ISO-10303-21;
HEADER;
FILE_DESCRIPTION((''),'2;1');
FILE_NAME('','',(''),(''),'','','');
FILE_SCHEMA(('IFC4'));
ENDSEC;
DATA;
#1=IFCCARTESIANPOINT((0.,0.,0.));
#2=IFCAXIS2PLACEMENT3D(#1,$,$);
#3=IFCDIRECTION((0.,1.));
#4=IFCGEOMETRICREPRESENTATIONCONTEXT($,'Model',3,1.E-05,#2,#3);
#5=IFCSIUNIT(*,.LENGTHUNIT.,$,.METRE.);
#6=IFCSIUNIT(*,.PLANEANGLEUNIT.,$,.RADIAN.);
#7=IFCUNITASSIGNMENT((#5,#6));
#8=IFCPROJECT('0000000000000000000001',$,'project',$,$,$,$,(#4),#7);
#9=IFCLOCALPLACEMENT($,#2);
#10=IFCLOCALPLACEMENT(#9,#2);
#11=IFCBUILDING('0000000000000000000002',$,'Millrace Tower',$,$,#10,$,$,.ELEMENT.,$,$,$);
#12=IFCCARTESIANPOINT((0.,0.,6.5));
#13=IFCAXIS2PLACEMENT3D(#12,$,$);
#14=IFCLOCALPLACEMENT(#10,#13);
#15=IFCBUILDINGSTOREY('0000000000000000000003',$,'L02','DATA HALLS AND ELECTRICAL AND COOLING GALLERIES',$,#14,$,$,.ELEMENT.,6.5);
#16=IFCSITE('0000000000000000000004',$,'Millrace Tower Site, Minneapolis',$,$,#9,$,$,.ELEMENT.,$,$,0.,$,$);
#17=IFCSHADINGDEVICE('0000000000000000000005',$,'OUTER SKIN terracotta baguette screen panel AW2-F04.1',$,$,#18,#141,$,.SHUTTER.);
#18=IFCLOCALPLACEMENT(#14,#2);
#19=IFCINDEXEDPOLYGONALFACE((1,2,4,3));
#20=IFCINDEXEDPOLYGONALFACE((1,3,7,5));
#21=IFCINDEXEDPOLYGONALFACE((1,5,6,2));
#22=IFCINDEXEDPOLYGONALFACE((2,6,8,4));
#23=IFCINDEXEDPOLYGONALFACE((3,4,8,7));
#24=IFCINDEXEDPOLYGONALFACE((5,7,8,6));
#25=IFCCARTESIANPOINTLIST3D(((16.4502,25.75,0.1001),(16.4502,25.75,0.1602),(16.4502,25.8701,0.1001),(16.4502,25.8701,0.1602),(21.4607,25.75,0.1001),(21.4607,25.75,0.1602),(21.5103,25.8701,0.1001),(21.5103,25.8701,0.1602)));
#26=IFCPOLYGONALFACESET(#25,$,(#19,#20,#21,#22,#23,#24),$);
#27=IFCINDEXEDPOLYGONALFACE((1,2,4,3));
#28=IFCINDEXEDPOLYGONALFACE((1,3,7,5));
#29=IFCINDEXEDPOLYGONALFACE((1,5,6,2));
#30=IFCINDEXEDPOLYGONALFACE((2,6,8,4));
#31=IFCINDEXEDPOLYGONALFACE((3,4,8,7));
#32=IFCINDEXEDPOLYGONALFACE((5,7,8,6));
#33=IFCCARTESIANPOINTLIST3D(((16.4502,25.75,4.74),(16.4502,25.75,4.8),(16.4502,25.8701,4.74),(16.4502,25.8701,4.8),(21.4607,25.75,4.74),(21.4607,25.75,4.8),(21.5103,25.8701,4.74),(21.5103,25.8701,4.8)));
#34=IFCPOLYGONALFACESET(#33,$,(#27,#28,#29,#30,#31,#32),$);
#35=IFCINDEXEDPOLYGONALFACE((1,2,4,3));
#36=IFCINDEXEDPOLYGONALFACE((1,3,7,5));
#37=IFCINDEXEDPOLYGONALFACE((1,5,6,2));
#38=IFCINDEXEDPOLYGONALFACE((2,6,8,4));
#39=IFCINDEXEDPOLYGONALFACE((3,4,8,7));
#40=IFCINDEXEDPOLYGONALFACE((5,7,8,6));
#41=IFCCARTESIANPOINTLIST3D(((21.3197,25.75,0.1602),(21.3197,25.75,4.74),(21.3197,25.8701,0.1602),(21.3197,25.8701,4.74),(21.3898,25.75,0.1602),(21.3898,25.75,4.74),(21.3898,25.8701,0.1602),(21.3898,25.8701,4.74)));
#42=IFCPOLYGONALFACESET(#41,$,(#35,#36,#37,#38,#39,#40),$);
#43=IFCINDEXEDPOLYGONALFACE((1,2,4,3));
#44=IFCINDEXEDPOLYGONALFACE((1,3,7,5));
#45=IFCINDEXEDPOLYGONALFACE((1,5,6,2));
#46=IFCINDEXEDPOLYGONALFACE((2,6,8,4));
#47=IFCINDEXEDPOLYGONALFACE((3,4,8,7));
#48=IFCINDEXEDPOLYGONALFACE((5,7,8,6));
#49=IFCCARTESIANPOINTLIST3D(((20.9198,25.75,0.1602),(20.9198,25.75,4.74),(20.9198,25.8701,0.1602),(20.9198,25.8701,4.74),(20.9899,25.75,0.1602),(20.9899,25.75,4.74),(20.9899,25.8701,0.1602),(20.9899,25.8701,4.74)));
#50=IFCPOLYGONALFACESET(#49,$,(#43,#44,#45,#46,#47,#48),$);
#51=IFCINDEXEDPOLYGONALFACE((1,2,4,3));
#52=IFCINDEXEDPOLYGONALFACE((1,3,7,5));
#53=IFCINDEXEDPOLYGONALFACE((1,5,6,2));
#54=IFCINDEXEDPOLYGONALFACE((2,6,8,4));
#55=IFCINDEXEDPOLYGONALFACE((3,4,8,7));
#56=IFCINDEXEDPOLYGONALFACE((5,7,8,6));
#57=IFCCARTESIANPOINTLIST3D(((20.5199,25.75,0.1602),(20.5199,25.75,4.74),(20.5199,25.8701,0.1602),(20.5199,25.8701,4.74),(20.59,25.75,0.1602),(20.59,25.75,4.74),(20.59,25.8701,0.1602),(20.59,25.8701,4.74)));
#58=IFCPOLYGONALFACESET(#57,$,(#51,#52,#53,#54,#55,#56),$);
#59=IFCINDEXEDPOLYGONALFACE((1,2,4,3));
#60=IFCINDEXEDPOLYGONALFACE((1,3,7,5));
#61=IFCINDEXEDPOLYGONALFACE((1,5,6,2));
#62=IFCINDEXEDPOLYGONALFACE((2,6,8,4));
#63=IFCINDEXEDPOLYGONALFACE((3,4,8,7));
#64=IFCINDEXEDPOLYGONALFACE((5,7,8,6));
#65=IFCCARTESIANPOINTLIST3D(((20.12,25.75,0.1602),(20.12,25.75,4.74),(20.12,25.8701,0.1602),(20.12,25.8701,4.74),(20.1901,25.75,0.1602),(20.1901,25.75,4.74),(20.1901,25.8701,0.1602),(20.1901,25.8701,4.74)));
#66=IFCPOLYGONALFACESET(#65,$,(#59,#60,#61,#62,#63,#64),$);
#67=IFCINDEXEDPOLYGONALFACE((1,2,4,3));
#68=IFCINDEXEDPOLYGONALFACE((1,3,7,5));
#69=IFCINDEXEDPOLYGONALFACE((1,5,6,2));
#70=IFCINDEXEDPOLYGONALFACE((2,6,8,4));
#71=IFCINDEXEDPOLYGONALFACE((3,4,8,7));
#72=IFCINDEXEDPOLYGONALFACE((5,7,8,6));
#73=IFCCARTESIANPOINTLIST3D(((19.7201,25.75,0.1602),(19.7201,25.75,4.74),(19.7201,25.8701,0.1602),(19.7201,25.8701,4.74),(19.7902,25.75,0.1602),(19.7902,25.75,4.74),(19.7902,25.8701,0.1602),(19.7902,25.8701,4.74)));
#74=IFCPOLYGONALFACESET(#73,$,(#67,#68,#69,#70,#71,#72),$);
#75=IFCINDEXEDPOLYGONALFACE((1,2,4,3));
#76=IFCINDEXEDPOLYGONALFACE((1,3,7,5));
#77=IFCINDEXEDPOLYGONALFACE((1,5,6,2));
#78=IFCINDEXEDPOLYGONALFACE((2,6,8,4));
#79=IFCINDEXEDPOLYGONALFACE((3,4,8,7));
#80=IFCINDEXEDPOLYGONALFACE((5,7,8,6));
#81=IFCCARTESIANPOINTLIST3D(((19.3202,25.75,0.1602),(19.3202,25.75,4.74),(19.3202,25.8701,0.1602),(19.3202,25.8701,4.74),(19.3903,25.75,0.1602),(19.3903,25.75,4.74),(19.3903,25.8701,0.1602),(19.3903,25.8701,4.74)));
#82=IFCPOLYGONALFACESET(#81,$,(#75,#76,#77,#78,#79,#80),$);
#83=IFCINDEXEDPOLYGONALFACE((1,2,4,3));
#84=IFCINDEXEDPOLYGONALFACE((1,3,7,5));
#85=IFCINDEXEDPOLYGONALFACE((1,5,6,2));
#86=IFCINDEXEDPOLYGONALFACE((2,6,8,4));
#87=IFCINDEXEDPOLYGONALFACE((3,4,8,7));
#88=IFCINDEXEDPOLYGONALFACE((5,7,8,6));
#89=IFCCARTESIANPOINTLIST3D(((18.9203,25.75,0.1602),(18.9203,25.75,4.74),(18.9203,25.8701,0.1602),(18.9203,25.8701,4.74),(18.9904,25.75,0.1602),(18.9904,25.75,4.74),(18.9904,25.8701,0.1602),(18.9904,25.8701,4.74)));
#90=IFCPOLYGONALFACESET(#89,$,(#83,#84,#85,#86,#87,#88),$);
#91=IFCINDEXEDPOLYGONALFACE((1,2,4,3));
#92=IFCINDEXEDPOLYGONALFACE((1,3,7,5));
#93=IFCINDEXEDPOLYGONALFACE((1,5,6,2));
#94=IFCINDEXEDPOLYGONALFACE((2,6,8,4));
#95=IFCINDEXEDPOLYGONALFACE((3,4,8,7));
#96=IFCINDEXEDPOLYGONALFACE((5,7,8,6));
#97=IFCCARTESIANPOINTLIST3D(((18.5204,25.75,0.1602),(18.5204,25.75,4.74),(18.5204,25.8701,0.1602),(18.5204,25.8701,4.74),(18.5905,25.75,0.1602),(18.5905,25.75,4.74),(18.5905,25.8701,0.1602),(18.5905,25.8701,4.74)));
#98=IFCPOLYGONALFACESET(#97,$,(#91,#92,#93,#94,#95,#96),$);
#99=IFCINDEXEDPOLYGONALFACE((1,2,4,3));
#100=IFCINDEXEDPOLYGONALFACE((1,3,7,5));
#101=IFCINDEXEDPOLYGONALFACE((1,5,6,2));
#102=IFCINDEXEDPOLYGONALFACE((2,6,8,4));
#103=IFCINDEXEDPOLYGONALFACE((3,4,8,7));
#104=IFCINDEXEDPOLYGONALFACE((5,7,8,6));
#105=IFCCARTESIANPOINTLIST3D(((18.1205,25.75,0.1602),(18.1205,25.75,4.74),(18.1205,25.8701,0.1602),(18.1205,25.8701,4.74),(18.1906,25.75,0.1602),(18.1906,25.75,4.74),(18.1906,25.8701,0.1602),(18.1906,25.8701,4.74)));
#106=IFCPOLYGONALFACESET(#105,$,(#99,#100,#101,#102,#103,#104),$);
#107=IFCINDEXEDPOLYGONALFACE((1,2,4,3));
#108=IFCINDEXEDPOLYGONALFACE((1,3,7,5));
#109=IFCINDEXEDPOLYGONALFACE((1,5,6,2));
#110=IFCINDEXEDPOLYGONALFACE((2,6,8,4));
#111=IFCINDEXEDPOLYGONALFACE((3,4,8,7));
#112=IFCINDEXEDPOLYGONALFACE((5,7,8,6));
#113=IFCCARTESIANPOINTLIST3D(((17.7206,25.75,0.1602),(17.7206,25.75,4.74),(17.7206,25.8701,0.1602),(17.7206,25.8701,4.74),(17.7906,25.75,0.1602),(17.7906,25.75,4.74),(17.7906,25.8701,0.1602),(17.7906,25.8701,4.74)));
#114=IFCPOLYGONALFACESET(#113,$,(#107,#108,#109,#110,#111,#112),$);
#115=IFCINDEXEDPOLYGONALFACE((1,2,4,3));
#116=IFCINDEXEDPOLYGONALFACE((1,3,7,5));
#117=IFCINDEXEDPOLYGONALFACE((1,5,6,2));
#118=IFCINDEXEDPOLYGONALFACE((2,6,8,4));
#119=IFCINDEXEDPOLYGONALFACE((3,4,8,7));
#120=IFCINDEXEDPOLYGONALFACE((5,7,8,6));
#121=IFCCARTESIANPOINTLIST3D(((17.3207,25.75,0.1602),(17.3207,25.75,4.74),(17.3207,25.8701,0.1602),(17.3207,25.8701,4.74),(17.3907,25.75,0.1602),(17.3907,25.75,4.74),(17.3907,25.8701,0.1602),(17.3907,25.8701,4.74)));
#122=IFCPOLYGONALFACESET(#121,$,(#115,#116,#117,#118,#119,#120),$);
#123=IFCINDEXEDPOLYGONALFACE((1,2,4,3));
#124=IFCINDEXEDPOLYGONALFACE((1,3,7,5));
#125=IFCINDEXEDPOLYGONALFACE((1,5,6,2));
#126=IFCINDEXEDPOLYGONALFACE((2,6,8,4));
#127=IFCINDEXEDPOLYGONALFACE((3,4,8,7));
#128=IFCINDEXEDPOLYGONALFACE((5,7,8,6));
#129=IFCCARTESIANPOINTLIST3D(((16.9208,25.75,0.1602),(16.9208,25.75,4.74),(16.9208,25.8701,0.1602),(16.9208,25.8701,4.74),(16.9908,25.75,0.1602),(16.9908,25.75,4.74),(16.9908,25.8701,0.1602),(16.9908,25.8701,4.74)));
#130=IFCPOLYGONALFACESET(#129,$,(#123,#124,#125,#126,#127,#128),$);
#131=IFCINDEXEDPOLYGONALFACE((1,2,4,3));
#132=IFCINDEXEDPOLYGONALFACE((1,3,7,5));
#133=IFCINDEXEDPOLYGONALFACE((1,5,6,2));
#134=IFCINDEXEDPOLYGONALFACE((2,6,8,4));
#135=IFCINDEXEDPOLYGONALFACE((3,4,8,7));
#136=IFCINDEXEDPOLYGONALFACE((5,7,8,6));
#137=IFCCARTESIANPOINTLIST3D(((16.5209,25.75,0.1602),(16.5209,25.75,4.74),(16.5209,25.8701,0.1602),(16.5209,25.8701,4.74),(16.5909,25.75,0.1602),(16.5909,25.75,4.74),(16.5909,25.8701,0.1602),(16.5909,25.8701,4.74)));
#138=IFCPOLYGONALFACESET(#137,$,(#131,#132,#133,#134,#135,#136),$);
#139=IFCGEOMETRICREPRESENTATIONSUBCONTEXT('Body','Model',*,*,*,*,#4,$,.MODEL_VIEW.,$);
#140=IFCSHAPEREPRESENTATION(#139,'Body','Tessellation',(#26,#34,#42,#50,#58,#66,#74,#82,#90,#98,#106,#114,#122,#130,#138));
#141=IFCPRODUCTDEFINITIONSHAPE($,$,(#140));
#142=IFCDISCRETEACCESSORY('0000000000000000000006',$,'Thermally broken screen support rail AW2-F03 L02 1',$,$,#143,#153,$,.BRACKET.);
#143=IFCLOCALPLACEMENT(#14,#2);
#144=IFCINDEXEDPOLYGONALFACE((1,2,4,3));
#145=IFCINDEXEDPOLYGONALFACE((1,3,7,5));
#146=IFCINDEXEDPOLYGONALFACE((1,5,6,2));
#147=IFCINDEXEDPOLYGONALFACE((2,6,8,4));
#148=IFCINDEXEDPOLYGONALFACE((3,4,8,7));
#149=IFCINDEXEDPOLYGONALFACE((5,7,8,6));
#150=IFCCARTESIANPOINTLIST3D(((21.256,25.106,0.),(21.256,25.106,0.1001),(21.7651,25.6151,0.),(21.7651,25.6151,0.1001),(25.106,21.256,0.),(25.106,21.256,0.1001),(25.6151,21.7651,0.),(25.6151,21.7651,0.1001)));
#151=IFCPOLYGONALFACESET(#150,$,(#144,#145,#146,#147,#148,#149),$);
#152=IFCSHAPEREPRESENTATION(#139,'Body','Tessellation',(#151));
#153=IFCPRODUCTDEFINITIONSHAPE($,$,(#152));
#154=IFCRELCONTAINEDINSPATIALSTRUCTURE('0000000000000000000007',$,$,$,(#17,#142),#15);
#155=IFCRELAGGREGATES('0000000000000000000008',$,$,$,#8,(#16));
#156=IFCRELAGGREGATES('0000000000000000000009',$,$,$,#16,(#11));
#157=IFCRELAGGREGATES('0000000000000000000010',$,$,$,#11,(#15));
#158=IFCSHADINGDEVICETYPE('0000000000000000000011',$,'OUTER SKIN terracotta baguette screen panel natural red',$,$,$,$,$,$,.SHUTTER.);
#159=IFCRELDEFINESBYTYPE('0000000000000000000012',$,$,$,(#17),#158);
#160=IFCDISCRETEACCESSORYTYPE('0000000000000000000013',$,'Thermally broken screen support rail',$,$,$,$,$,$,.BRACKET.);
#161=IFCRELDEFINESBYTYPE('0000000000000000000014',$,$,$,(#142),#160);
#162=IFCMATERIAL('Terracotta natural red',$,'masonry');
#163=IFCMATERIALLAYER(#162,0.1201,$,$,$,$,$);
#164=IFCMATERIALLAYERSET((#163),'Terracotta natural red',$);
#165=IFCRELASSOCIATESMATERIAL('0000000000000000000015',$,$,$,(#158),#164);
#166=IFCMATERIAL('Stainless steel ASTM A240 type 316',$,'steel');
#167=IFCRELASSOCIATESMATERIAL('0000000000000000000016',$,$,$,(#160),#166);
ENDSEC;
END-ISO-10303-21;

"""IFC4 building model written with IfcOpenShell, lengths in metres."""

from ifc_helpers import new_model, entity, si_unit, direction, frame, frame_2d, origin, origin_2d, place, context, subcontext, project, spatial, rectangle, extrude, source, transform, mapped, material, layer, layer_set, type_object, element, save


model = new_model("IFC4")

# Units and contexts
model_context = context("Model", 3, precision=1e-05, world=origin(), true_north=direction((0.0, 1.0)))
body_context = subcontext(model_context, "Body", "Model", "MODEL_VIEW")
ifc_project = project(units=[si_unit("LENGTHUNIT", "METRE"), si_unit("PLANEANGLEUNIT", "RADIAN")], contexts=[model_context])

# Site, building, storey
site_placement = place(None, origin())
site = spatial("IfcSite", under=ifc_project, at=site_placement, Name="Millrace Tower Site, Minneapolis", CompositionType="ELEMENT", RefElevation=0.0)
building_placement = place(site_placement, origin())
building = spatial("IfcBuilding", under=site, at=building_placement, Name="Millrace Tower", CompositionType="ELEMENT")
storey_placement = place(building_placement, frame((0.0, 0.0, 6.5)))
storey = spatial("IfcBuildingStorey", under=building, at=storey_placement, Name="L02", Description="DATA HALLS AND ELECTRICAL AND COOLING GALLERIES", CompositionType="ELEMENT", Elevation=6.5)

# Shading device
ifc_material_1 = material(Name="Terracotta natural red", Category="masonry")
ifc_layer_1 = layer(ifc_material_1, 0.1201)
ifc_layer_set_1 = layer_set([ifc_layer_1], Name="Terracotta natural red")
shading_device_type_1 = type_object("IfcShadingDeviceType", Name="OUTER SKIN terracotta baguette screen panel natural red", PredefinedType="SHUTTER", material=ifc_layer_set_1)
cartesian_point_1 = entity("IfcCartesianPoint", [-2.4929, 0.0601])
shared_polyline_1 = entity("IfcPolyline", [cartesian_point_1, entity("IfcCartesianPoint", [2.5176, 0.0601]), entity("IfcCartesianPoint", [2.5176, -0.0601]), entity("IfcCartesianPoint", [-2.5425, -0.0601]), cartesian_point_1])
shared_shape_1 = source(origin(), body_context, "Body", "SweptSolid", [
    entity("IfcExtrudedAreaSolid", entity("IfcArbitraryClosedProfileDef", "AREA", None, shared_polyline_1), entity("IfcAxis2Placement3D", entity("IfcCartesianPoint", [0.0, 0.0, 0.0])), entity("IfcDirection", [0.0, 0.0, 1.0]), 0.0601),
    entity("IfcExtrudedAreaSolid", entity("IfcArbitraryClosedProfileDef", "AREA", None, shared_polyline_1), entity("IfcAxis2Placement3D", entity("IfcCartesianPoint", [0.0, 0.0, 4.6399])), entity("IfcDirection", [0.0, 0.0, 1.0]), 0.0601),
    extrude(rectangle(XDim=0.0701, YDim=0.1201, at=frame_2d((-2.387, 0.0))), frame((0.0, 0.0, 0.0601)), (0.0, 0.0, 1.0), 4.5798),
    extrude(rectangle(XDim=0.0701, YDim=0.1201, at=frame_2d((-1.9871, 0.0))), frame((0.0, 0.0, 0.0601)), (0.0, 0.0, 1.0), 4.5798),
    extrude(rectangle(XDim=0.0701, YDim=0.1201, at=frame_2d((-1.5872, 0.0))), frame((0.0, 0.0, 0.0601)), (0.0, 0.0, 1.0), 4.5798),
    extrude(rectangle(XDim=0.0701, YDim=0.1201, at=frame_2d((-1.1873, 0.0))), frame((0.0, 0.0, 0.0601)), (0.0, 0.0, 1.0), 4.5798),
    extrude(rectangle(XDim=0.0701, YDim=0.1201, at=frame_2d((-0.7874, 0.0))), frame((0.0, 0.0, 0.0601)), (0.0, 0.0, 1.0), 4.5798),
    extrude(rectangle(XDim=0.0701, YDim=0.1201, at=frame_2d((-0.3875, 0.0))), frame((0.0, 0.0, 0.0601)), (0.0, 0.0, 1.0), 4.5798),
    extrude(rectangle(XDim=0.0701, YDim=0.1201, at=frame_2d((0.0125, 0.0))), frame((0.0, 0.0, 0.0601)), (0.0, 0.0, 1.0), 4.5798),
    extrude(rectangle(XDim=0.0701, YDim=0.1201, at=frame_2d((0.4124, 0.0))), frame((0.0, 0.0, 0.0601)), (0.0, 0.0, 1.0), 4.5798),
    extrude(rectangle(XDim=0.0701, YDim=0.1201, at=frame_2d((0.8123, 0.0))), frame((0.0, 0.0, 0.0601)), (0.0, 0.0, 1.0), 4.5798),
    extrude(rectangle(XDim=0.0701, YDim=0.1201, at=frame_2d((1.2122, 0.0))), frame((0.0, 0.0, 0.0601)), (0.0, 0.0, 1.0), 4.5798),
    extrude(rectangle(XDim=0.0701, YDim=0.1201, at=frame_2d((1.6121, 0.0))), frame((0.0, 0.0, 0.0601)), (0.0, 0.0, 1.0), 4.5798),
    extrude(rectangle(XDim=0.0701, YDim=0.1201, at=frame_2d((2.012, 0.0))), frame((0.0, 0.0, 0.0601)), (0.0, 0.0, 1.0), 4.5798),
    extrude(rectangle(XDim=0.0701, YDim=0.1201, at=frame_2d((2.4119, 0.0))), frame((0.0, 0.0, 0.0601)), (0.0, 0.0, 1.0), 4.5798),
])
shading_device_1_placement = place(storey_placement, frame((18.9678, 25.8101, 0.1001), z_axis=(0.0, 0.0, 1.0), x_axis=(-1.0, 0.0, 0.0)))
element("IfcShadingDevice", 1, at=shading_device_1_placement, inside=storey, type_object=shading_device_type_1, Name="OUTER SKIN terracotta baguette screen panel AW2-F04.1", PredefinedType="SHUTTER", context=body_context, shape_type="MappedRepresentation", body=[
    mapped(shared_shape_1, transform((0.0, 0.0, 0.0), scale=1.0)),
])

# Discrete accessory
ifc_material_2 = material(Name="Stainless steel ASTM A240 type 316", Category="steel")
discrete_accessory_type = type_object("IfcDiscreteAccessoryType", Name="Thermally broken screen support rail", PredefinedType="BRACKET", material=ifc_material_2)
discrete_accessory_placement = place(storey_placement, frame((23.4355, 23.4355, 0.0), z_axis=(0.0, 0.0, 1.0), x_axis=(-0.707107, 0.707107, 0.0)))
element("IfcDiscreteAccessory", 2, at=discrete_accessory_placement, inside=storey, type_object=discrete_accessory_type, Name="Thermally broken screen support rail AW2-F03 L02 1", PredefinedType="BRACKET", context=body_context, shape_type="SweptSolid", body=[
    extrude(rectangle(XDim=5.4448, YDim=0.72, at=origin_2d()), origin(), (0.0, 0.0, 1.0), 0.1001),
])

save(model, "model.ifc")
